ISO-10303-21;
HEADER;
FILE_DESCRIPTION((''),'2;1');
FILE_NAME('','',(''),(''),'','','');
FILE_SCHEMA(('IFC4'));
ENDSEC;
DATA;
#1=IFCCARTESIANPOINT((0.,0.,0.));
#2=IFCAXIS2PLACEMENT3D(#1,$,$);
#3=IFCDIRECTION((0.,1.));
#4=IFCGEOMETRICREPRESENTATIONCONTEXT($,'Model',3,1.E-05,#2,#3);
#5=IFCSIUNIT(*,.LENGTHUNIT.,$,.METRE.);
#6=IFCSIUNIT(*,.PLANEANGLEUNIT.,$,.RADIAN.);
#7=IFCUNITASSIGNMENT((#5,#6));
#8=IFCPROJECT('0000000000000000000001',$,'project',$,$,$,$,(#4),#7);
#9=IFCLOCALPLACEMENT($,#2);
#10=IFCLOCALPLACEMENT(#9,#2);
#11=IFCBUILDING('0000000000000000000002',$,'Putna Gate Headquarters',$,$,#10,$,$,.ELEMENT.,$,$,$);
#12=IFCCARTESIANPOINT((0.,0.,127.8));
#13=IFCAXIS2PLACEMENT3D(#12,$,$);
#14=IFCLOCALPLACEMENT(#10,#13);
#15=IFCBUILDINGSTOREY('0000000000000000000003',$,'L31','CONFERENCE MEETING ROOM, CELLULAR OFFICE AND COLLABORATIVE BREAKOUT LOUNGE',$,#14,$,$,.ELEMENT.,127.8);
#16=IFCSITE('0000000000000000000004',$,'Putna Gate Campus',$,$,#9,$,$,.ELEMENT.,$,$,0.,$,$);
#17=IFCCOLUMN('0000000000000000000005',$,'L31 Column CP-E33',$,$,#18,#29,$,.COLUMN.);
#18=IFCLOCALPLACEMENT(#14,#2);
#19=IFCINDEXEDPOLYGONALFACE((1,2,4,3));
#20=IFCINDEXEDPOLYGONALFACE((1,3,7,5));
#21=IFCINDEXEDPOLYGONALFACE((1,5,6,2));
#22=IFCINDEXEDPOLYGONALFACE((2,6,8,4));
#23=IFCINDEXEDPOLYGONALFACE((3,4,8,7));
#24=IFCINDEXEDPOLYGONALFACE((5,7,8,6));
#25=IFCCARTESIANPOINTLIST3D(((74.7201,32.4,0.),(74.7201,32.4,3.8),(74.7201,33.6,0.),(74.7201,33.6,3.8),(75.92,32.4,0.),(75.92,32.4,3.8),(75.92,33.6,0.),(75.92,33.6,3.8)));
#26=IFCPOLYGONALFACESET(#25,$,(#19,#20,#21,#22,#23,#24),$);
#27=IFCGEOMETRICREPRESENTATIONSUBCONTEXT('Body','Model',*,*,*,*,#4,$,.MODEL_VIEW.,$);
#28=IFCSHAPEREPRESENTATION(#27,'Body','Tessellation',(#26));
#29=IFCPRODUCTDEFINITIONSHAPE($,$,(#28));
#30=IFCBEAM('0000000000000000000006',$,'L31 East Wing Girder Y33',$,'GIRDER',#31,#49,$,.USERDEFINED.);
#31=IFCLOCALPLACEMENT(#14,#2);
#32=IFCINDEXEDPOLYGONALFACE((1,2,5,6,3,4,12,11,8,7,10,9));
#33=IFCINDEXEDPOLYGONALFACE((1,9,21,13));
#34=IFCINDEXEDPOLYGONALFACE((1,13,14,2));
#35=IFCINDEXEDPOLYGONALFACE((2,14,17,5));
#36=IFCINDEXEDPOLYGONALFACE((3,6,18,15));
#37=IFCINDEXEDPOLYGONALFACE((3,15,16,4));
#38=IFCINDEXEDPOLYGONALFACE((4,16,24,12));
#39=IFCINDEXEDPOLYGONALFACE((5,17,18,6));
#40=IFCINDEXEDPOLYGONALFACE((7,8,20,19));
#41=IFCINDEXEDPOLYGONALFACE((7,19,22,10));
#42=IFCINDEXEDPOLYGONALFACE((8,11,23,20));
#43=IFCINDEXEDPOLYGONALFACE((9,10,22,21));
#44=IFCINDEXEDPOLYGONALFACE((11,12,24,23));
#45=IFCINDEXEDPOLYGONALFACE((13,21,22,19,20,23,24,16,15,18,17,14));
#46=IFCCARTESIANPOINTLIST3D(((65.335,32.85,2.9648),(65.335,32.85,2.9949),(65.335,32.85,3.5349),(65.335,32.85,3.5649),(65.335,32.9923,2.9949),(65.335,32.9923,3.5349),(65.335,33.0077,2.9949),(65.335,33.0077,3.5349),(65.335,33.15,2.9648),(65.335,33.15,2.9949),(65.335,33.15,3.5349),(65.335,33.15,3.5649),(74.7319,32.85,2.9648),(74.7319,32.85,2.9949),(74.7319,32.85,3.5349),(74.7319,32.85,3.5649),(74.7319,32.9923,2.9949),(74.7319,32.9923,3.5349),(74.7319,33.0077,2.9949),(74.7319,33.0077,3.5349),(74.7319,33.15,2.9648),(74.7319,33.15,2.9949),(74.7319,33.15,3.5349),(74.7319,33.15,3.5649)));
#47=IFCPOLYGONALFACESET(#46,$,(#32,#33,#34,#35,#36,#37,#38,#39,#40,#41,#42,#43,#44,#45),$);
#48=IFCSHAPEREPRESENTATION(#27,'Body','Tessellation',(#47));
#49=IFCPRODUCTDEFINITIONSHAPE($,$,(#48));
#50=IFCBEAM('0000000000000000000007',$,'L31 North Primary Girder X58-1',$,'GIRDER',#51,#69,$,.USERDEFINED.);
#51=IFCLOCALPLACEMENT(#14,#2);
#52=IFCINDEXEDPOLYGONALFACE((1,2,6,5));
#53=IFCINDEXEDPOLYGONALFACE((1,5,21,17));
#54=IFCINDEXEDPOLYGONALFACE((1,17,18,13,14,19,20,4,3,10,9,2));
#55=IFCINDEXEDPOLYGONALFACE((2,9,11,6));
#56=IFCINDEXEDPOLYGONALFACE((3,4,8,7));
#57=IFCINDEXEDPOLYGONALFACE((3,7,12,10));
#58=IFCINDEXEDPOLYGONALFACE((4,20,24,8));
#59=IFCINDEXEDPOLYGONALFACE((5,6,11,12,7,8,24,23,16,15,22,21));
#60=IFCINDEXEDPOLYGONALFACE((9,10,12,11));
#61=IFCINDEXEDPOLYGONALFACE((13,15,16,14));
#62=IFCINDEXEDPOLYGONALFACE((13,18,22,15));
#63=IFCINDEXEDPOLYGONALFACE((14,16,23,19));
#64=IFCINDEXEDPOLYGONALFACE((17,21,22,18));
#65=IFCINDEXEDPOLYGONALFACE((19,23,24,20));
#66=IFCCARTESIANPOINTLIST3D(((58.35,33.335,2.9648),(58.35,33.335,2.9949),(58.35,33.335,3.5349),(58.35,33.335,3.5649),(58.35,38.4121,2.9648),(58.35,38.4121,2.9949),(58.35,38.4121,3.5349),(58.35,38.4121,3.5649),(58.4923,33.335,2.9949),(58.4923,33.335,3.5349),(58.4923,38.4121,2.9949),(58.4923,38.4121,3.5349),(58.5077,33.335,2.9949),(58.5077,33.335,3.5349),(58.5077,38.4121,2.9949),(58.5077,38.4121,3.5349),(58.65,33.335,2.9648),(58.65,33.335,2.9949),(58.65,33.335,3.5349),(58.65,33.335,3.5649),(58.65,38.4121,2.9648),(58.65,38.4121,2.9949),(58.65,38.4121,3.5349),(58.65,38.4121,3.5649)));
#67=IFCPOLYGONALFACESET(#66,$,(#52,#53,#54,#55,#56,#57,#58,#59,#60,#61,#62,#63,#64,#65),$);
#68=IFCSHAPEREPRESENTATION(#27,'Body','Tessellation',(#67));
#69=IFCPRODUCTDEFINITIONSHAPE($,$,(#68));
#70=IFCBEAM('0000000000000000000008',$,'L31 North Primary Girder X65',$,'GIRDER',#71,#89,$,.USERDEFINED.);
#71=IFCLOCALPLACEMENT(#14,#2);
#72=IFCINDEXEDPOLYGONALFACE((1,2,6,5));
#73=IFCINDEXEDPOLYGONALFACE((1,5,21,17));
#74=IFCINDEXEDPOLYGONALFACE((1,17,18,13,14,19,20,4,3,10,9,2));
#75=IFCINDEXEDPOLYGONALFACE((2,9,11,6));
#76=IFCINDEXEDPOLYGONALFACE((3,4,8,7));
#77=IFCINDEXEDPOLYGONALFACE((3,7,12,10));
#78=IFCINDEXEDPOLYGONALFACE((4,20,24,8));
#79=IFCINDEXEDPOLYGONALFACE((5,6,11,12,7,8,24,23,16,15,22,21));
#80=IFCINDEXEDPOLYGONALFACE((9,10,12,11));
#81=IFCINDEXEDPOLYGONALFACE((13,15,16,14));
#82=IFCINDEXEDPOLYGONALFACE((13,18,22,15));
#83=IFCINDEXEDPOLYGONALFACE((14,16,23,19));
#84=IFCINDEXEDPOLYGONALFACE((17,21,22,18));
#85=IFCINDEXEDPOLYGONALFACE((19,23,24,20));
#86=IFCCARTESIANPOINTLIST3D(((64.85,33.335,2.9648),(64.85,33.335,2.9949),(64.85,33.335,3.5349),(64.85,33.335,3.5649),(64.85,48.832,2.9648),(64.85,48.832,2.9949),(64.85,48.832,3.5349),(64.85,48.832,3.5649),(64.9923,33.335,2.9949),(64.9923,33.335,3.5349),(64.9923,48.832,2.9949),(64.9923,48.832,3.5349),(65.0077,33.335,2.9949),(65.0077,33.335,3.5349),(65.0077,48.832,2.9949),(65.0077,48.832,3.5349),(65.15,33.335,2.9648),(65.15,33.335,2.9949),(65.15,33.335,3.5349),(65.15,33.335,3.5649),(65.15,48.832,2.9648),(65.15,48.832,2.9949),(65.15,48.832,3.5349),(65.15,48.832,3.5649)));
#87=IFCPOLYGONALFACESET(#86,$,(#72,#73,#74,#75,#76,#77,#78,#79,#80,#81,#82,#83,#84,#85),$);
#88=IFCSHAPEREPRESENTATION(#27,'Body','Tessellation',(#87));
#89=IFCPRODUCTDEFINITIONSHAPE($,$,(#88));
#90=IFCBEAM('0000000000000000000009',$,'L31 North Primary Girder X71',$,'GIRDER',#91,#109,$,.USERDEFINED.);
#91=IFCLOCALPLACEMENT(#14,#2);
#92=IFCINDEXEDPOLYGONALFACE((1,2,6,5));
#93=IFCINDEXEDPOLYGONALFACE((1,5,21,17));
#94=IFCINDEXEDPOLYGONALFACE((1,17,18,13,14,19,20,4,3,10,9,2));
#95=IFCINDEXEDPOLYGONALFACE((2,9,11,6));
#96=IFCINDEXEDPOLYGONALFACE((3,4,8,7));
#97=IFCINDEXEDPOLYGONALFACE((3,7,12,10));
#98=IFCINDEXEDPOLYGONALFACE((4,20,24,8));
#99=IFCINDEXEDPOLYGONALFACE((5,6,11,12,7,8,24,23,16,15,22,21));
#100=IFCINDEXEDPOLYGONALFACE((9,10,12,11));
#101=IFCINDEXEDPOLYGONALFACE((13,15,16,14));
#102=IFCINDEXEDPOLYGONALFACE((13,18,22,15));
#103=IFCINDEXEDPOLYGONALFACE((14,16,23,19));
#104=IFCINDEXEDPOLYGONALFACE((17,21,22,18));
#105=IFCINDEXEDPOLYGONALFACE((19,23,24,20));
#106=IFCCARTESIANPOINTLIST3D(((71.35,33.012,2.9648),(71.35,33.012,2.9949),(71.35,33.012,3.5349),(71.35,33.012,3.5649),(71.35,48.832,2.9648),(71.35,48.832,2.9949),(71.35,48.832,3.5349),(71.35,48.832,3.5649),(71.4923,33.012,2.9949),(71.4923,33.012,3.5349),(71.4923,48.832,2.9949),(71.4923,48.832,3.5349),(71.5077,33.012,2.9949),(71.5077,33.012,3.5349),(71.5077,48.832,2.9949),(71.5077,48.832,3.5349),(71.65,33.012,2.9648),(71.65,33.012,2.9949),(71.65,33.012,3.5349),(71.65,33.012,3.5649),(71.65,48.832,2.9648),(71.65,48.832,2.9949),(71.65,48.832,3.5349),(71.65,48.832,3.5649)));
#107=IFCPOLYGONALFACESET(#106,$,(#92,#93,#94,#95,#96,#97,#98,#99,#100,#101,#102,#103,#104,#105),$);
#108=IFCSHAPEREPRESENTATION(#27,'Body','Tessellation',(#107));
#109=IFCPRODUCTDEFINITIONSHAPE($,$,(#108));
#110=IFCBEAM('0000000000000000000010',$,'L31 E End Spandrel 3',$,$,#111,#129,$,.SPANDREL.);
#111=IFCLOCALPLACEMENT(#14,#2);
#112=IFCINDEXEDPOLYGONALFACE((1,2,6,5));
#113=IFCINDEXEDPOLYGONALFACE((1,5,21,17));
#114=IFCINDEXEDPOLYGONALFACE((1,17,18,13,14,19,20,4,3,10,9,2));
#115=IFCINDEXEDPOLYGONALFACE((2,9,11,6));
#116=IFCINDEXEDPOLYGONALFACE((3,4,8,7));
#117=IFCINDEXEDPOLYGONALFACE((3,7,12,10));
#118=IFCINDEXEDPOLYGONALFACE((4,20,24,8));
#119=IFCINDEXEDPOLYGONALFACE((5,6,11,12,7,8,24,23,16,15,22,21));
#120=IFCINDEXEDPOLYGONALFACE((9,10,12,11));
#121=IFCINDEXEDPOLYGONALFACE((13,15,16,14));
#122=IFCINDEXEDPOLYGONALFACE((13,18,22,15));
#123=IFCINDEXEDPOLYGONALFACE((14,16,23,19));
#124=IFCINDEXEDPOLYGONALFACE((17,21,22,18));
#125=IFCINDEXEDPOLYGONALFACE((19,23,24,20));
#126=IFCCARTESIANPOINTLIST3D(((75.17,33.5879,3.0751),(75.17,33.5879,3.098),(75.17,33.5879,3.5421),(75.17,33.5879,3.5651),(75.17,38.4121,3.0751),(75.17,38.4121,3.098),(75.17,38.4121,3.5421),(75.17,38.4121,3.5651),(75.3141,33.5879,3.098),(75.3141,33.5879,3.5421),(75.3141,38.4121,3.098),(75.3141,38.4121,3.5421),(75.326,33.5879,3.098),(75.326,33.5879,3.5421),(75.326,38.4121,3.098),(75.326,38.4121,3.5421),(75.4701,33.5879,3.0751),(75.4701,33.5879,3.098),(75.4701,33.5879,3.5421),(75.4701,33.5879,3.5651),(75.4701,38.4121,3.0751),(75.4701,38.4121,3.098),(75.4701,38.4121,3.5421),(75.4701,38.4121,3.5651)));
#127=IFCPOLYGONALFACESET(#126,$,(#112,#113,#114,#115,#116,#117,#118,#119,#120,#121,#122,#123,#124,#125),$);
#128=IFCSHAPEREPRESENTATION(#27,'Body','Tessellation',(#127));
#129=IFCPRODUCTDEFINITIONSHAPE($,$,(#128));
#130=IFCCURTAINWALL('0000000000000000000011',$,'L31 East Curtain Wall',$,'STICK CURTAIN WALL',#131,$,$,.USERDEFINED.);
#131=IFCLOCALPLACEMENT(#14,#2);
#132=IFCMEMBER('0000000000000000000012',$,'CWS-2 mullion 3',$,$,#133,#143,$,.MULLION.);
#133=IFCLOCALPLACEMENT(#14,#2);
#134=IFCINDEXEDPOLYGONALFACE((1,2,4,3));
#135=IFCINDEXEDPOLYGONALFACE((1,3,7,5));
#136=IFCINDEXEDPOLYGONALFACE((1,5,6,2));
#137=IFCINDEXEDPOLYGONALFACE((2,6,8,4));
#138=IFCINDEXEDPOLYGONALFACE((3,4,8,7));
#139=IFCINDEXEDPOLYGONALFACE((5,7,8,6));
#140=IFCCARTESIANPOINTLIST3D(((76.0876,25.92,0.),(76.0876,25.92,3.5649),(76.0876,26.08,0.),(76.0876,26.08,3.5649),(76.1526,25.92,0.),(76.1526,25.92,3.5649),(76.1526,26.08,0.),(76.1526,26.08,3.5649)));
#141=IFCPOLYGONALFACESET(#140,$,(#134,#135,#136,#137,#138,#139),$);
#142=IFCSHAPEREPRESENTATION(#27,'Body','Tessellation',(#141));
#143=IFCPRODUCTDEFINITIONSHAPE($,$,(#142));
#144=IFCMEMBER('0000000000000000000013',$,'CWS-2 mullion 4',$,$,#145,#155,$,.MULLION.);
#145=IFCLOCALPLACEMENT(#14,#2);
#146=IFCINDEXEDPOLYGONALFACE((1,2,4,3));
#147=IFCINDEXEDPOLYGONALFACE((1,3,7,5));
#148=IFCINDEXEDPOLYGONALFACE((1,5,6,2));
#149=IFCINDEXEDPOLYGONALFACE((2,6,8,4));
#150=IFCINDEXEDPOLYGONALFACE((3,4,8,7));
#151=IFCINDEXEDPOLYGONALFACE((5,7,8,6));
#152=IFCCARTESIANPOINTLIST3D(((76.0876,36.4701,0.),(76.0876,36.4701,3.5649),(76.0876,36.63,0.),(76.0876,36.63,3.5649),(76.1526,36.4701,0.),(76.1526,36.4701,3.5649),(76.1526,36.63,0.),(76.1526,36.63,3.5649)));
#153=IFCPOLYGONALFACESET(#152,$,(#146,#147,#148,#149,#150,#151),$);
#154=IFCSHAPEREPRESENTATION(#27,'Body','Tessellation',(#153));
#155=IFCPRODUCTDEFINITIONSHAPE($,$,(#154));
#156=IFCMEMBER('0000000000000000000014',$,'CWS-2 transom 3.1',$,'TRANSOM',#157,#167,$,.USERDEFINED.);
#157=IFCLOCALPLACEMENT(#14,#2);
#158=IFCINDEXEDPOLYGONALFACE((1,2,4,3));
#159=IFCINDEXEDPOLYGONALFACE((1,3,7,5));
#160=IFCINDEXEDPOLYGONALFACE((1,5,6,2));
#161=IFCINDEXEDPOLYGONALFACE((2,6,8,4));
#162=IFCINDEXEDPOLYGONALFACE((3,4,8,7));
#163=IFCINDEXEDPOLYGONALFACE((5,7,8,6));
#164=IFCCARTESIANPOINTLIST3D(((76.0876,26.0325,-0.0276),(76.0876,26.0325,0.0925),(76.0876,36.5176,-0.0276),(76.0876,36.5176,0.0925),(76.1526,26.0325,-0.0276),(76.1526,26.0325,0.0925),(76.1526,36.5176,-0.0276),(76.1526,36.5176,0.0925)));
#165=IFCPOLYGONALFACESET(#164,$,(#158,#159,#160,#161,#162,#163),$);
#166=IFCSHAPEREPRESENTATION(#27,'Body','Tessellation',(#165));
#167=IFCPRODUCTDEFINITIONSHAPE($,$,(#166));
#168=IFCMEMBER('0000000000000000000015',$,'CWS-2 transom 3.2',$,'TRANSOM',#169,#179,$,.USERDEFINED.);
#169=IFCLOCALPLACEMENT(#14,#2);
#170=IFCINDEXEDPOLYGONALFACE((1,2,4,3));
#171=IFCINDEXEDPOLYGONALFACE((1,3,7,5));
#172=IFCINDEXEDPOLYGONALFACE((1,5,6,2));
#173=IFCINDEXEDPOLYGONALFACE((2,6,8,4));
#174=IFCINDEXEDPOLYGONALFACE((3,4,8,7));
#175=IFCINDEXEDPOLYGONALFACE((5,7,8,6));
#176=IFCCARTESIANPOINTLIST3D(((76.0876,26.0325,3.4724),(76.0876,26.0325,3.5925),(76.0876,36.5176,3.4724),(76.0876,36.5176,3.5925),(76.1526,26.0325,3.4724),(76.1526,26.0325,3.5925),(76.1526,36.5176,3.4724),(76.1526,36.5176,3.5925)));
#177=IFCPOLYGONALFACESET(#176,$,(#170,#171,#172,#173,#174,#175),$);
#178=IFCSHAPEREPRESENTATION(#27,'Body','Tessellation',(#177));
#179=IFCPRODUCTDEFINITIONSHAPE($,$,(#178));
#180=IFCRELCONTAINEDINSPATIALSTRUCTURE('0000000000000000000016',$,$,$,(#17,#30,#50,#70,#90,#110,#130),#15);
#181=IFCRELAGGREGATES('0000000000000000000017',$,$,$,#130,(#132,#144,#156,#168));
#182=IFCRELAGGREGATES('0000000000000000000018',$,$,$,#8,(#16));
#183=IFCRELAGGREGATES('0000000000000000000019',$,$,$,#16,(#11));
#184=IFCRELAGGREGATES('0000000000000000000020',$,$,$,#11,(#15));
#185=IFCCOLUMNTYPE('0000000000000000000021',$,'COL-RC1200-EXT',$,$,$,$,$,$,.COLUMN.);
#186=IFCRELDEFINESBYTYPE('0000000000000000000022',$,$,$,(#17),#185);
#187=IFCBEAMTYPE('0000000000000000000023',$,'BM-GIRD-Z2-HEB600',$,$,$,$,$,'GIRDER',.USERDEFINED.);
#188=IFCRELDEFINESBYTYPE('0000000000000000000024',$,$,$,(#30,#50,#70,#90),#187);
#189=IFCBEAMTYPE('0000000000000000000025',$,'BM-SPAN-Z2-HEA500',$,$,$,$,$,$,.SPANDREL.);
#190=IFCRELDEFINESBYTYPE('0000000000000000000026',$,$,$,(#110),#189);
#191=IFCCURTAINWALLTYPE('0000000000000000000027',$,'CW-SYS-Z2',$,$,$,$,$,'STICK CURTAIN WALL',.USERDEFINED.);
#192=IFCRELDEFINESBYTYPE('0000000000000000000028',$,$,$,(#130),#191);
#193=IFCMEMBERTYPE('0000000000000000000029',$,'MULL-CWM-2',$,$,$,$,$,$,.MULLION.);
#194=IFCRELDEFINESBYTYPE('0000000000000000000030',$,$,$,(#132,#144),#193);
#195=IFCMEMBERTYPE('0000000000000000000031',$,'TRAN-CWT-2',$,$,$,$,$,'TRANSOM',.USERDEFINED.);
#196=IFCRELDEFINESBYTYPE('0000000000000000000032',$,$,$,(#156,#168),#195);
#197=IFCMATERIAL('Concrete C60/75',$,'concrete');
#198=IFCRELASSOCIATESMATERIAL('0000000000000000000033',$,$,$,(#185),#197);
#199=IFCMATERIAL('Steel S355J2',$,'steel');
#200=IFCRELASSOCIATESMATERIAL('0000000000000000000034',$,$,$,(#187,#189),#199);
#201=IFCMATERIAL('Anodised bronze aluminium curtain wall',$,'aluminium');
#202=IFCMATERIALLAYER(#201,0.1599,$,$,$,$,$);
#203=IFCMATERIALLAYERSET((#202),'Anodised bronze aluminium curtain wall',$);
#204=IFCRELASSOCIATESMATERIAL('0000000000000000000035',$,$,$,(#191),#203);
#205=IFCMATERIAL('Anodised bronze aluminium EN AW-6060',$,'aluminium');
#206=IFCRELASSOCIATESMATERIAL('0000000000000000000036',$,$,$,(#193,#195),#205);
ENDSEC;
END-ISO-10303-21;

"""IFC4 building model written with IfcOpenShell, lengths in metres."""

from ifc_helpers import new_model, si_unit, direction, frame, origin, origin_2d, place, context, subcontext, project, spatial, rectangle, i_section, extrude, material, layer, layer_set, material_profile, profile_set, type_object, element, aggregate, save


model = new_model("IFC4")

# Units and contexts
model_context = context("Model", 3, precision=1e-05, world=origin(), true_north=direction((0.0, 1.0)))
body_context = subcontext(model_context, "Body", "Model", "MODEL_VIEW")
ifc_project = project(units=[si_unit("LENGTHUNIT", "METRE"), si_unit("PLANEANGLEUNIT", "RADIAN")], contexts=[model_context])

# Site, building, storey
site_placement = place(None, origin())
site = spatial("IfcSite", under=ifc_project, at=site_placement, Name="Putna Gate Campus", CompositionType="ELEMENT", RefElevation=0.0)
building_placement = place(site_placement, origin())
building = spatial("IfcBuilding", under=site, at=building_placement, Name="Putna Gate Headquarters", CompositionType="ELEMENT")
storey_placement = place(building_placement, frame((0.0, 0.0, 127.8)))
storey = spatial("IfcBuildingStorey", under=building, at=storey_placement, Name="L31", Description="CONFERENCE MEETING ROOM, CELLULAR OFFICE AND COLLABORATIVE BREAKOUT LOUNGE", CompositionType="ELEMENT", Elevation=127.8)

# Column
ifc_material_1 = material(Name="Concrete C60/75", Category="concrete")
ifc_material_profile_1 = material_profile(ifc_material_1, rectangle(XDim=1.2, YDim=1.2, at=origin_2d()), Name="Concrete C60/75")
ifc_profile_set_1 = profile_set([ifc_material_profile_1], Name="Concrete C60/75")
column_type = type_object("IfcColumnType", Name="COL-RC1200-EXT", PredefinedType="COLUMN", material=ifc_profile_set_1)
column_placement = place(storey_placement, frame((75.3201, 33.0, 0.0), z_axis=(0.0, 0.0, 1.0), x_axis=(1.0, 0.0, 0.0)))
element("IfcColumn", 1, at=column_placement, inside=storey, type_object=column_type, Name="L31 Column CP-E33", PredefinedType="COLUMN", context=body_context, shape_type="SweptSolid", body=[
    extrude(rectangle(XDim=1.2, YDim=1.2, at=origin_2d()), origin(), (0.0, 0.0, 1.0), 3.8),
])

# Beams
ifc_material_2 = material(Name="Steel S355J2", Category="steel")
ifc_material_profile_2 = material_profile(ifc_material_2, i_section(OverallWidth=0.3, OverallDepth=0.6001, WebThickness=0.0154, FlangeThickness=0.03, at=origin_2d()), Name="Steel S355J2")
ifc_profile_set_2 = profile_set([ifc_material_profile_2], Name="Steel S355J2")
beam_type_1 = type_object("IfcBeamType", Name="BM-GIRD-Z2-HEB600", ElementType="GIRDER", PredefinedType="USERDEFINED", material=ifc_profile_set_2)
beam_1_placement = place(storey_placement, frame((65.335, 33.0, 3.2649), z_axis=(1.0, 0.0, 0.0), x_axis=(0.0, 1.0, 0.0)))
element("IfcBeam", 2, at=beam_1_placement, inside=storey, type_object=beam_type_1, Name="L31 East Wing Girder Y33", ObjectType="GIRDER", PredefinedType="USERDEFINED", context=body_context, shape_type="SweptSolid", body=[
    extrude(i_section(OverallWidth=0.3, OverallDepth=0.6001, WebThickness=0.0154, FlangeThickness=0.03, at=origin_2d()), origin(), (0.0, 0.0, 1.0), 9.397),
])
beam_2_placement = place(storey_placement, frame((58.5, 33.335, 3.2649), z_axis=(0.0, 1.0, 0.0), x_axis=(-1.0, 0.0, 0.0)))
element("IfcBeam", 3, at=beam_2_placement, inside=storey, type_object=beam_type_1, Name="L31 North Primary Girder X58-1", ObjectType="GIRDER", PredefinedType="USERDEFINED", context=body_context, shape_type="SweptSolid", body=[
    extrude(i_section(OverallWidth=0.3, OverallDepth=0.6001, WebThickness=0.0154, FlangeThickness=0.03, at=origin_2d()), origin(), (0.0, 0.0, 1.0), 5.0771),
])
beam_3_placement = place(storey_placement, frame((65.0, 33.335, 3.2649), z_axis=(0.0, 1.0, 0.0), x_axis=(-1.0, 0.0, 0.0)))
element("IfcBeam", 4, at=beam_3_placement, inside=storey, type_object=beam_type_1, Name="L31 North Primary Girder X65", ObjectType="GIRDER", PredefinedType="USERDEFINED", context=body_context, shape_type="SweptSolid", body=[
    extrude(i_section(OverallWidth=0.3, OverallDepth=0.6001, WebThickness=0.0154, FlangeThickness=0.03, at=origin_2d()), origin(), (0.0, 0.0, 1.0), 15.4971),
])
beam_4_placement = place(storey_placement, frame((71.5, 33.012, 3.2649), z_axis=(0.0, 1.0, 0.0), x_axis=(-1.0, 0.0, 0.0)))
element("IfcBeam", 5, at=beam_4_placement, inside=storey, type_object=beam_type_1, Name="L31 North Primary Girder X71", ObjectType="GIRDER", PredefinedType="USERDEFINED", context=body_context, shape_type="SweptSolid", body=[
    extrude(i_section(OverallWidth=0.3, OverallDepth=0.6001, WebThickness=0.0154, FlangeThickness=0.03, at=origin_2d()), origin(), (0.0, 0.0, 1.0), 15.8201),
])
ifc_material_profile_3 = material_profile(ifc_material_2, i_section(OverallWidth=0.3, OverallDepth=0.49, WebThickness=0.012, FlangeThickness=0.0229, at=origin_2d()), Name="Steel S355J2")
ifc_profile_set_3 = profile_set([ifc_material_profile_3], Name="Steel S355J2")
beam_type_2 = type_object("IfcBeamType", Name="BM-SPAN-Z2-HEA500", PredefinedType="SPANDREL", material=ifc_profile_set_3)
beam_5_placement = place(storey_placement, frame((75.3201, 33.5879, 3.3201), z_axis=(0.0, 1.0, 0.0), x_axis=(-1.0, 0.0, 0.0)))
element("IfcBeam", 6, at=beam_5_placement, inside=storey, type_object=beam_type_2, Name="L31 E End Spandrel 3", PredefinedType="SPANDREL", context=body_context, shape_type="SweptSolid", body=[
    extrude(i_section(OverallWidth=0.3, OverallDepth=0.49, WebThickness=0.012, FlangeThickness=0.0229, at=origin_2d()), origin(), (0.0, 0.0, 1.0), 4.8242),
])

# Curtain wall, members
ifc_material_3 = material(Name="Anodised bronze aluminium curtain wall", Category="aluminium")
ifc_layer_1 = layer(ifc_material_3, 0.1599)
ifc_layer_set_1 = layer_set([ifc_layer_1], Name="Anodised bronze aluminium curtain wall")
curtain_wall_type = type_object("IfcCurtainWallType", Name="CW-SYS-Z2", ElementType="STICK CURTAIN WALL", PredefinedType="USERDEFINED", material=ifc_layer_set_1)
curtain_wall_placement = place(storey_placement, origin())
curtain_wall = element("IfcCurtainWall", 7, at=curtain_wall_placement, inside=storey, type_object=curtain_wall_type, Name="L31 East Curtain Wall", ObjectType="STICK CURTAIN WALL", PredefinedType="USERDEFINED")
ifc_material_4 = material(Name="Anodised bronze aluminium EN AW-6060", Category="aluminium")
ifc_material_profile_4 = material_profile(ifc_material_4, rectangle(XDim=0.0649, YDim=0.1599, at=origin_2d()), Name="Anodised bronze aluminium EN AW-6060")
ifc_profile_set_4 = profile_set([ifc_material_profile_4], Name="Anodised bronze aluminium EN AW-6060")
member_type_1 = type_object("IfcMemberType", Name="MULL-CWM-2", PredefinedType="MULLION", material=ifc_profile_set_4)
member_1_placement = place(storey_placement, frame((76.1201, 26.0, 0.0), z_axis=(0.0, 0.0, 1.0), x_axis=(-1.0, 0.0, 0.0)))
member_1 = element("IfcMember", 8, at=member_1_placement, type_object=member_type_1, Name="CWS-2 mullion 3", PredefinedType="MULLION", context=body_context, shape_type="SweptSolid", body=[
    extrude(rectangle(XDim=0.0649, YDim=0.1599, at=origin_2d()), origin(), (0.0, 0.0, 1.0), 3.5649),
])
member_2_placement = place(storey_placement, frame((76.1201, 36.55, 0.0), z_axis=(0.0, 0.0, 1.0), x_axis=(-1.0, 0.0, 0.0)))
member_2 = element("IfcMember", 9, at=member_2_placement, type_object=member_type_1, Name="CWS-2 mullion 4", PredefinedType="MULLION", context=body_context, shape_type="SweptSolid", body=[
    extrude(rectangle(XDim=0.0649, YDim=0.1599, at=origin_2d()), origin(), (0.0, 0.0, 1.0), 3.5649),
])
ifc_material_profile_5 = material_profile(ifc_material_4, rectangle(XDim=0.0649, YDim=0.1201, at=origin_2d()), Name="Anodised bronze aluminium EN AW-6060")
ifc_profile_set_5 = profile_set([ifc_material_profile_5], Name="Anodised bronze aluminium EN AW-6060")
member_type_2 = type_object("IfcMemberType", Name="TRAN-CWT-2", ElementType="TRANSOM", PredefinedType="USERDEFINED", material=ifc_profile_set_5)
member_3_placement = place(storey_placement, frame((76.1201, 26.0325, 0.0325), z_axis=(0.0, 1.0, 0.0), x_axis=(-1.0, 0.0, 0.0)))
member_3 = element("IfcMember", 10, at=member_3_placement, type_object=member_type_2, Name="CWS-2 transom 3.1", ObjectType="TRANSOM", PredefinedType="USERDEFINED", context=body_context, shape_type="SweptSolid", body=[
    extrude(rectangle(XDim=0.0649, YDim=0.1201, at=origin_2d()), origin(), (0.0, 0.0, 1.0), 10.4851),
])
member_4_placement = place(storey_placement, frame((76.1201, 26.0325, 3.5325), z_axis=(0.0, 1.0, 0.0), x_axis=(-1.0, 0.0, 0.0)))
member_4 = element("IfcMember", 11, at=member_4_placement, type_object=member_type_2, Name="CWS-2 transom 3.2", ObjectType="TRANSOM", PredefinedType="USERDEFINED", context=body_context, shape_type="SweptSolid", body=[
    extrude(rectangle(XDim=0.0649, YDim=0.1201, at=origin_2d()), origin(), (0.0, 0.0, 1.0), 10.4851),
])
aggregate(curtain_wall, [member_1, member_2, member_3, member_4])

save(model, "model.ifc")
